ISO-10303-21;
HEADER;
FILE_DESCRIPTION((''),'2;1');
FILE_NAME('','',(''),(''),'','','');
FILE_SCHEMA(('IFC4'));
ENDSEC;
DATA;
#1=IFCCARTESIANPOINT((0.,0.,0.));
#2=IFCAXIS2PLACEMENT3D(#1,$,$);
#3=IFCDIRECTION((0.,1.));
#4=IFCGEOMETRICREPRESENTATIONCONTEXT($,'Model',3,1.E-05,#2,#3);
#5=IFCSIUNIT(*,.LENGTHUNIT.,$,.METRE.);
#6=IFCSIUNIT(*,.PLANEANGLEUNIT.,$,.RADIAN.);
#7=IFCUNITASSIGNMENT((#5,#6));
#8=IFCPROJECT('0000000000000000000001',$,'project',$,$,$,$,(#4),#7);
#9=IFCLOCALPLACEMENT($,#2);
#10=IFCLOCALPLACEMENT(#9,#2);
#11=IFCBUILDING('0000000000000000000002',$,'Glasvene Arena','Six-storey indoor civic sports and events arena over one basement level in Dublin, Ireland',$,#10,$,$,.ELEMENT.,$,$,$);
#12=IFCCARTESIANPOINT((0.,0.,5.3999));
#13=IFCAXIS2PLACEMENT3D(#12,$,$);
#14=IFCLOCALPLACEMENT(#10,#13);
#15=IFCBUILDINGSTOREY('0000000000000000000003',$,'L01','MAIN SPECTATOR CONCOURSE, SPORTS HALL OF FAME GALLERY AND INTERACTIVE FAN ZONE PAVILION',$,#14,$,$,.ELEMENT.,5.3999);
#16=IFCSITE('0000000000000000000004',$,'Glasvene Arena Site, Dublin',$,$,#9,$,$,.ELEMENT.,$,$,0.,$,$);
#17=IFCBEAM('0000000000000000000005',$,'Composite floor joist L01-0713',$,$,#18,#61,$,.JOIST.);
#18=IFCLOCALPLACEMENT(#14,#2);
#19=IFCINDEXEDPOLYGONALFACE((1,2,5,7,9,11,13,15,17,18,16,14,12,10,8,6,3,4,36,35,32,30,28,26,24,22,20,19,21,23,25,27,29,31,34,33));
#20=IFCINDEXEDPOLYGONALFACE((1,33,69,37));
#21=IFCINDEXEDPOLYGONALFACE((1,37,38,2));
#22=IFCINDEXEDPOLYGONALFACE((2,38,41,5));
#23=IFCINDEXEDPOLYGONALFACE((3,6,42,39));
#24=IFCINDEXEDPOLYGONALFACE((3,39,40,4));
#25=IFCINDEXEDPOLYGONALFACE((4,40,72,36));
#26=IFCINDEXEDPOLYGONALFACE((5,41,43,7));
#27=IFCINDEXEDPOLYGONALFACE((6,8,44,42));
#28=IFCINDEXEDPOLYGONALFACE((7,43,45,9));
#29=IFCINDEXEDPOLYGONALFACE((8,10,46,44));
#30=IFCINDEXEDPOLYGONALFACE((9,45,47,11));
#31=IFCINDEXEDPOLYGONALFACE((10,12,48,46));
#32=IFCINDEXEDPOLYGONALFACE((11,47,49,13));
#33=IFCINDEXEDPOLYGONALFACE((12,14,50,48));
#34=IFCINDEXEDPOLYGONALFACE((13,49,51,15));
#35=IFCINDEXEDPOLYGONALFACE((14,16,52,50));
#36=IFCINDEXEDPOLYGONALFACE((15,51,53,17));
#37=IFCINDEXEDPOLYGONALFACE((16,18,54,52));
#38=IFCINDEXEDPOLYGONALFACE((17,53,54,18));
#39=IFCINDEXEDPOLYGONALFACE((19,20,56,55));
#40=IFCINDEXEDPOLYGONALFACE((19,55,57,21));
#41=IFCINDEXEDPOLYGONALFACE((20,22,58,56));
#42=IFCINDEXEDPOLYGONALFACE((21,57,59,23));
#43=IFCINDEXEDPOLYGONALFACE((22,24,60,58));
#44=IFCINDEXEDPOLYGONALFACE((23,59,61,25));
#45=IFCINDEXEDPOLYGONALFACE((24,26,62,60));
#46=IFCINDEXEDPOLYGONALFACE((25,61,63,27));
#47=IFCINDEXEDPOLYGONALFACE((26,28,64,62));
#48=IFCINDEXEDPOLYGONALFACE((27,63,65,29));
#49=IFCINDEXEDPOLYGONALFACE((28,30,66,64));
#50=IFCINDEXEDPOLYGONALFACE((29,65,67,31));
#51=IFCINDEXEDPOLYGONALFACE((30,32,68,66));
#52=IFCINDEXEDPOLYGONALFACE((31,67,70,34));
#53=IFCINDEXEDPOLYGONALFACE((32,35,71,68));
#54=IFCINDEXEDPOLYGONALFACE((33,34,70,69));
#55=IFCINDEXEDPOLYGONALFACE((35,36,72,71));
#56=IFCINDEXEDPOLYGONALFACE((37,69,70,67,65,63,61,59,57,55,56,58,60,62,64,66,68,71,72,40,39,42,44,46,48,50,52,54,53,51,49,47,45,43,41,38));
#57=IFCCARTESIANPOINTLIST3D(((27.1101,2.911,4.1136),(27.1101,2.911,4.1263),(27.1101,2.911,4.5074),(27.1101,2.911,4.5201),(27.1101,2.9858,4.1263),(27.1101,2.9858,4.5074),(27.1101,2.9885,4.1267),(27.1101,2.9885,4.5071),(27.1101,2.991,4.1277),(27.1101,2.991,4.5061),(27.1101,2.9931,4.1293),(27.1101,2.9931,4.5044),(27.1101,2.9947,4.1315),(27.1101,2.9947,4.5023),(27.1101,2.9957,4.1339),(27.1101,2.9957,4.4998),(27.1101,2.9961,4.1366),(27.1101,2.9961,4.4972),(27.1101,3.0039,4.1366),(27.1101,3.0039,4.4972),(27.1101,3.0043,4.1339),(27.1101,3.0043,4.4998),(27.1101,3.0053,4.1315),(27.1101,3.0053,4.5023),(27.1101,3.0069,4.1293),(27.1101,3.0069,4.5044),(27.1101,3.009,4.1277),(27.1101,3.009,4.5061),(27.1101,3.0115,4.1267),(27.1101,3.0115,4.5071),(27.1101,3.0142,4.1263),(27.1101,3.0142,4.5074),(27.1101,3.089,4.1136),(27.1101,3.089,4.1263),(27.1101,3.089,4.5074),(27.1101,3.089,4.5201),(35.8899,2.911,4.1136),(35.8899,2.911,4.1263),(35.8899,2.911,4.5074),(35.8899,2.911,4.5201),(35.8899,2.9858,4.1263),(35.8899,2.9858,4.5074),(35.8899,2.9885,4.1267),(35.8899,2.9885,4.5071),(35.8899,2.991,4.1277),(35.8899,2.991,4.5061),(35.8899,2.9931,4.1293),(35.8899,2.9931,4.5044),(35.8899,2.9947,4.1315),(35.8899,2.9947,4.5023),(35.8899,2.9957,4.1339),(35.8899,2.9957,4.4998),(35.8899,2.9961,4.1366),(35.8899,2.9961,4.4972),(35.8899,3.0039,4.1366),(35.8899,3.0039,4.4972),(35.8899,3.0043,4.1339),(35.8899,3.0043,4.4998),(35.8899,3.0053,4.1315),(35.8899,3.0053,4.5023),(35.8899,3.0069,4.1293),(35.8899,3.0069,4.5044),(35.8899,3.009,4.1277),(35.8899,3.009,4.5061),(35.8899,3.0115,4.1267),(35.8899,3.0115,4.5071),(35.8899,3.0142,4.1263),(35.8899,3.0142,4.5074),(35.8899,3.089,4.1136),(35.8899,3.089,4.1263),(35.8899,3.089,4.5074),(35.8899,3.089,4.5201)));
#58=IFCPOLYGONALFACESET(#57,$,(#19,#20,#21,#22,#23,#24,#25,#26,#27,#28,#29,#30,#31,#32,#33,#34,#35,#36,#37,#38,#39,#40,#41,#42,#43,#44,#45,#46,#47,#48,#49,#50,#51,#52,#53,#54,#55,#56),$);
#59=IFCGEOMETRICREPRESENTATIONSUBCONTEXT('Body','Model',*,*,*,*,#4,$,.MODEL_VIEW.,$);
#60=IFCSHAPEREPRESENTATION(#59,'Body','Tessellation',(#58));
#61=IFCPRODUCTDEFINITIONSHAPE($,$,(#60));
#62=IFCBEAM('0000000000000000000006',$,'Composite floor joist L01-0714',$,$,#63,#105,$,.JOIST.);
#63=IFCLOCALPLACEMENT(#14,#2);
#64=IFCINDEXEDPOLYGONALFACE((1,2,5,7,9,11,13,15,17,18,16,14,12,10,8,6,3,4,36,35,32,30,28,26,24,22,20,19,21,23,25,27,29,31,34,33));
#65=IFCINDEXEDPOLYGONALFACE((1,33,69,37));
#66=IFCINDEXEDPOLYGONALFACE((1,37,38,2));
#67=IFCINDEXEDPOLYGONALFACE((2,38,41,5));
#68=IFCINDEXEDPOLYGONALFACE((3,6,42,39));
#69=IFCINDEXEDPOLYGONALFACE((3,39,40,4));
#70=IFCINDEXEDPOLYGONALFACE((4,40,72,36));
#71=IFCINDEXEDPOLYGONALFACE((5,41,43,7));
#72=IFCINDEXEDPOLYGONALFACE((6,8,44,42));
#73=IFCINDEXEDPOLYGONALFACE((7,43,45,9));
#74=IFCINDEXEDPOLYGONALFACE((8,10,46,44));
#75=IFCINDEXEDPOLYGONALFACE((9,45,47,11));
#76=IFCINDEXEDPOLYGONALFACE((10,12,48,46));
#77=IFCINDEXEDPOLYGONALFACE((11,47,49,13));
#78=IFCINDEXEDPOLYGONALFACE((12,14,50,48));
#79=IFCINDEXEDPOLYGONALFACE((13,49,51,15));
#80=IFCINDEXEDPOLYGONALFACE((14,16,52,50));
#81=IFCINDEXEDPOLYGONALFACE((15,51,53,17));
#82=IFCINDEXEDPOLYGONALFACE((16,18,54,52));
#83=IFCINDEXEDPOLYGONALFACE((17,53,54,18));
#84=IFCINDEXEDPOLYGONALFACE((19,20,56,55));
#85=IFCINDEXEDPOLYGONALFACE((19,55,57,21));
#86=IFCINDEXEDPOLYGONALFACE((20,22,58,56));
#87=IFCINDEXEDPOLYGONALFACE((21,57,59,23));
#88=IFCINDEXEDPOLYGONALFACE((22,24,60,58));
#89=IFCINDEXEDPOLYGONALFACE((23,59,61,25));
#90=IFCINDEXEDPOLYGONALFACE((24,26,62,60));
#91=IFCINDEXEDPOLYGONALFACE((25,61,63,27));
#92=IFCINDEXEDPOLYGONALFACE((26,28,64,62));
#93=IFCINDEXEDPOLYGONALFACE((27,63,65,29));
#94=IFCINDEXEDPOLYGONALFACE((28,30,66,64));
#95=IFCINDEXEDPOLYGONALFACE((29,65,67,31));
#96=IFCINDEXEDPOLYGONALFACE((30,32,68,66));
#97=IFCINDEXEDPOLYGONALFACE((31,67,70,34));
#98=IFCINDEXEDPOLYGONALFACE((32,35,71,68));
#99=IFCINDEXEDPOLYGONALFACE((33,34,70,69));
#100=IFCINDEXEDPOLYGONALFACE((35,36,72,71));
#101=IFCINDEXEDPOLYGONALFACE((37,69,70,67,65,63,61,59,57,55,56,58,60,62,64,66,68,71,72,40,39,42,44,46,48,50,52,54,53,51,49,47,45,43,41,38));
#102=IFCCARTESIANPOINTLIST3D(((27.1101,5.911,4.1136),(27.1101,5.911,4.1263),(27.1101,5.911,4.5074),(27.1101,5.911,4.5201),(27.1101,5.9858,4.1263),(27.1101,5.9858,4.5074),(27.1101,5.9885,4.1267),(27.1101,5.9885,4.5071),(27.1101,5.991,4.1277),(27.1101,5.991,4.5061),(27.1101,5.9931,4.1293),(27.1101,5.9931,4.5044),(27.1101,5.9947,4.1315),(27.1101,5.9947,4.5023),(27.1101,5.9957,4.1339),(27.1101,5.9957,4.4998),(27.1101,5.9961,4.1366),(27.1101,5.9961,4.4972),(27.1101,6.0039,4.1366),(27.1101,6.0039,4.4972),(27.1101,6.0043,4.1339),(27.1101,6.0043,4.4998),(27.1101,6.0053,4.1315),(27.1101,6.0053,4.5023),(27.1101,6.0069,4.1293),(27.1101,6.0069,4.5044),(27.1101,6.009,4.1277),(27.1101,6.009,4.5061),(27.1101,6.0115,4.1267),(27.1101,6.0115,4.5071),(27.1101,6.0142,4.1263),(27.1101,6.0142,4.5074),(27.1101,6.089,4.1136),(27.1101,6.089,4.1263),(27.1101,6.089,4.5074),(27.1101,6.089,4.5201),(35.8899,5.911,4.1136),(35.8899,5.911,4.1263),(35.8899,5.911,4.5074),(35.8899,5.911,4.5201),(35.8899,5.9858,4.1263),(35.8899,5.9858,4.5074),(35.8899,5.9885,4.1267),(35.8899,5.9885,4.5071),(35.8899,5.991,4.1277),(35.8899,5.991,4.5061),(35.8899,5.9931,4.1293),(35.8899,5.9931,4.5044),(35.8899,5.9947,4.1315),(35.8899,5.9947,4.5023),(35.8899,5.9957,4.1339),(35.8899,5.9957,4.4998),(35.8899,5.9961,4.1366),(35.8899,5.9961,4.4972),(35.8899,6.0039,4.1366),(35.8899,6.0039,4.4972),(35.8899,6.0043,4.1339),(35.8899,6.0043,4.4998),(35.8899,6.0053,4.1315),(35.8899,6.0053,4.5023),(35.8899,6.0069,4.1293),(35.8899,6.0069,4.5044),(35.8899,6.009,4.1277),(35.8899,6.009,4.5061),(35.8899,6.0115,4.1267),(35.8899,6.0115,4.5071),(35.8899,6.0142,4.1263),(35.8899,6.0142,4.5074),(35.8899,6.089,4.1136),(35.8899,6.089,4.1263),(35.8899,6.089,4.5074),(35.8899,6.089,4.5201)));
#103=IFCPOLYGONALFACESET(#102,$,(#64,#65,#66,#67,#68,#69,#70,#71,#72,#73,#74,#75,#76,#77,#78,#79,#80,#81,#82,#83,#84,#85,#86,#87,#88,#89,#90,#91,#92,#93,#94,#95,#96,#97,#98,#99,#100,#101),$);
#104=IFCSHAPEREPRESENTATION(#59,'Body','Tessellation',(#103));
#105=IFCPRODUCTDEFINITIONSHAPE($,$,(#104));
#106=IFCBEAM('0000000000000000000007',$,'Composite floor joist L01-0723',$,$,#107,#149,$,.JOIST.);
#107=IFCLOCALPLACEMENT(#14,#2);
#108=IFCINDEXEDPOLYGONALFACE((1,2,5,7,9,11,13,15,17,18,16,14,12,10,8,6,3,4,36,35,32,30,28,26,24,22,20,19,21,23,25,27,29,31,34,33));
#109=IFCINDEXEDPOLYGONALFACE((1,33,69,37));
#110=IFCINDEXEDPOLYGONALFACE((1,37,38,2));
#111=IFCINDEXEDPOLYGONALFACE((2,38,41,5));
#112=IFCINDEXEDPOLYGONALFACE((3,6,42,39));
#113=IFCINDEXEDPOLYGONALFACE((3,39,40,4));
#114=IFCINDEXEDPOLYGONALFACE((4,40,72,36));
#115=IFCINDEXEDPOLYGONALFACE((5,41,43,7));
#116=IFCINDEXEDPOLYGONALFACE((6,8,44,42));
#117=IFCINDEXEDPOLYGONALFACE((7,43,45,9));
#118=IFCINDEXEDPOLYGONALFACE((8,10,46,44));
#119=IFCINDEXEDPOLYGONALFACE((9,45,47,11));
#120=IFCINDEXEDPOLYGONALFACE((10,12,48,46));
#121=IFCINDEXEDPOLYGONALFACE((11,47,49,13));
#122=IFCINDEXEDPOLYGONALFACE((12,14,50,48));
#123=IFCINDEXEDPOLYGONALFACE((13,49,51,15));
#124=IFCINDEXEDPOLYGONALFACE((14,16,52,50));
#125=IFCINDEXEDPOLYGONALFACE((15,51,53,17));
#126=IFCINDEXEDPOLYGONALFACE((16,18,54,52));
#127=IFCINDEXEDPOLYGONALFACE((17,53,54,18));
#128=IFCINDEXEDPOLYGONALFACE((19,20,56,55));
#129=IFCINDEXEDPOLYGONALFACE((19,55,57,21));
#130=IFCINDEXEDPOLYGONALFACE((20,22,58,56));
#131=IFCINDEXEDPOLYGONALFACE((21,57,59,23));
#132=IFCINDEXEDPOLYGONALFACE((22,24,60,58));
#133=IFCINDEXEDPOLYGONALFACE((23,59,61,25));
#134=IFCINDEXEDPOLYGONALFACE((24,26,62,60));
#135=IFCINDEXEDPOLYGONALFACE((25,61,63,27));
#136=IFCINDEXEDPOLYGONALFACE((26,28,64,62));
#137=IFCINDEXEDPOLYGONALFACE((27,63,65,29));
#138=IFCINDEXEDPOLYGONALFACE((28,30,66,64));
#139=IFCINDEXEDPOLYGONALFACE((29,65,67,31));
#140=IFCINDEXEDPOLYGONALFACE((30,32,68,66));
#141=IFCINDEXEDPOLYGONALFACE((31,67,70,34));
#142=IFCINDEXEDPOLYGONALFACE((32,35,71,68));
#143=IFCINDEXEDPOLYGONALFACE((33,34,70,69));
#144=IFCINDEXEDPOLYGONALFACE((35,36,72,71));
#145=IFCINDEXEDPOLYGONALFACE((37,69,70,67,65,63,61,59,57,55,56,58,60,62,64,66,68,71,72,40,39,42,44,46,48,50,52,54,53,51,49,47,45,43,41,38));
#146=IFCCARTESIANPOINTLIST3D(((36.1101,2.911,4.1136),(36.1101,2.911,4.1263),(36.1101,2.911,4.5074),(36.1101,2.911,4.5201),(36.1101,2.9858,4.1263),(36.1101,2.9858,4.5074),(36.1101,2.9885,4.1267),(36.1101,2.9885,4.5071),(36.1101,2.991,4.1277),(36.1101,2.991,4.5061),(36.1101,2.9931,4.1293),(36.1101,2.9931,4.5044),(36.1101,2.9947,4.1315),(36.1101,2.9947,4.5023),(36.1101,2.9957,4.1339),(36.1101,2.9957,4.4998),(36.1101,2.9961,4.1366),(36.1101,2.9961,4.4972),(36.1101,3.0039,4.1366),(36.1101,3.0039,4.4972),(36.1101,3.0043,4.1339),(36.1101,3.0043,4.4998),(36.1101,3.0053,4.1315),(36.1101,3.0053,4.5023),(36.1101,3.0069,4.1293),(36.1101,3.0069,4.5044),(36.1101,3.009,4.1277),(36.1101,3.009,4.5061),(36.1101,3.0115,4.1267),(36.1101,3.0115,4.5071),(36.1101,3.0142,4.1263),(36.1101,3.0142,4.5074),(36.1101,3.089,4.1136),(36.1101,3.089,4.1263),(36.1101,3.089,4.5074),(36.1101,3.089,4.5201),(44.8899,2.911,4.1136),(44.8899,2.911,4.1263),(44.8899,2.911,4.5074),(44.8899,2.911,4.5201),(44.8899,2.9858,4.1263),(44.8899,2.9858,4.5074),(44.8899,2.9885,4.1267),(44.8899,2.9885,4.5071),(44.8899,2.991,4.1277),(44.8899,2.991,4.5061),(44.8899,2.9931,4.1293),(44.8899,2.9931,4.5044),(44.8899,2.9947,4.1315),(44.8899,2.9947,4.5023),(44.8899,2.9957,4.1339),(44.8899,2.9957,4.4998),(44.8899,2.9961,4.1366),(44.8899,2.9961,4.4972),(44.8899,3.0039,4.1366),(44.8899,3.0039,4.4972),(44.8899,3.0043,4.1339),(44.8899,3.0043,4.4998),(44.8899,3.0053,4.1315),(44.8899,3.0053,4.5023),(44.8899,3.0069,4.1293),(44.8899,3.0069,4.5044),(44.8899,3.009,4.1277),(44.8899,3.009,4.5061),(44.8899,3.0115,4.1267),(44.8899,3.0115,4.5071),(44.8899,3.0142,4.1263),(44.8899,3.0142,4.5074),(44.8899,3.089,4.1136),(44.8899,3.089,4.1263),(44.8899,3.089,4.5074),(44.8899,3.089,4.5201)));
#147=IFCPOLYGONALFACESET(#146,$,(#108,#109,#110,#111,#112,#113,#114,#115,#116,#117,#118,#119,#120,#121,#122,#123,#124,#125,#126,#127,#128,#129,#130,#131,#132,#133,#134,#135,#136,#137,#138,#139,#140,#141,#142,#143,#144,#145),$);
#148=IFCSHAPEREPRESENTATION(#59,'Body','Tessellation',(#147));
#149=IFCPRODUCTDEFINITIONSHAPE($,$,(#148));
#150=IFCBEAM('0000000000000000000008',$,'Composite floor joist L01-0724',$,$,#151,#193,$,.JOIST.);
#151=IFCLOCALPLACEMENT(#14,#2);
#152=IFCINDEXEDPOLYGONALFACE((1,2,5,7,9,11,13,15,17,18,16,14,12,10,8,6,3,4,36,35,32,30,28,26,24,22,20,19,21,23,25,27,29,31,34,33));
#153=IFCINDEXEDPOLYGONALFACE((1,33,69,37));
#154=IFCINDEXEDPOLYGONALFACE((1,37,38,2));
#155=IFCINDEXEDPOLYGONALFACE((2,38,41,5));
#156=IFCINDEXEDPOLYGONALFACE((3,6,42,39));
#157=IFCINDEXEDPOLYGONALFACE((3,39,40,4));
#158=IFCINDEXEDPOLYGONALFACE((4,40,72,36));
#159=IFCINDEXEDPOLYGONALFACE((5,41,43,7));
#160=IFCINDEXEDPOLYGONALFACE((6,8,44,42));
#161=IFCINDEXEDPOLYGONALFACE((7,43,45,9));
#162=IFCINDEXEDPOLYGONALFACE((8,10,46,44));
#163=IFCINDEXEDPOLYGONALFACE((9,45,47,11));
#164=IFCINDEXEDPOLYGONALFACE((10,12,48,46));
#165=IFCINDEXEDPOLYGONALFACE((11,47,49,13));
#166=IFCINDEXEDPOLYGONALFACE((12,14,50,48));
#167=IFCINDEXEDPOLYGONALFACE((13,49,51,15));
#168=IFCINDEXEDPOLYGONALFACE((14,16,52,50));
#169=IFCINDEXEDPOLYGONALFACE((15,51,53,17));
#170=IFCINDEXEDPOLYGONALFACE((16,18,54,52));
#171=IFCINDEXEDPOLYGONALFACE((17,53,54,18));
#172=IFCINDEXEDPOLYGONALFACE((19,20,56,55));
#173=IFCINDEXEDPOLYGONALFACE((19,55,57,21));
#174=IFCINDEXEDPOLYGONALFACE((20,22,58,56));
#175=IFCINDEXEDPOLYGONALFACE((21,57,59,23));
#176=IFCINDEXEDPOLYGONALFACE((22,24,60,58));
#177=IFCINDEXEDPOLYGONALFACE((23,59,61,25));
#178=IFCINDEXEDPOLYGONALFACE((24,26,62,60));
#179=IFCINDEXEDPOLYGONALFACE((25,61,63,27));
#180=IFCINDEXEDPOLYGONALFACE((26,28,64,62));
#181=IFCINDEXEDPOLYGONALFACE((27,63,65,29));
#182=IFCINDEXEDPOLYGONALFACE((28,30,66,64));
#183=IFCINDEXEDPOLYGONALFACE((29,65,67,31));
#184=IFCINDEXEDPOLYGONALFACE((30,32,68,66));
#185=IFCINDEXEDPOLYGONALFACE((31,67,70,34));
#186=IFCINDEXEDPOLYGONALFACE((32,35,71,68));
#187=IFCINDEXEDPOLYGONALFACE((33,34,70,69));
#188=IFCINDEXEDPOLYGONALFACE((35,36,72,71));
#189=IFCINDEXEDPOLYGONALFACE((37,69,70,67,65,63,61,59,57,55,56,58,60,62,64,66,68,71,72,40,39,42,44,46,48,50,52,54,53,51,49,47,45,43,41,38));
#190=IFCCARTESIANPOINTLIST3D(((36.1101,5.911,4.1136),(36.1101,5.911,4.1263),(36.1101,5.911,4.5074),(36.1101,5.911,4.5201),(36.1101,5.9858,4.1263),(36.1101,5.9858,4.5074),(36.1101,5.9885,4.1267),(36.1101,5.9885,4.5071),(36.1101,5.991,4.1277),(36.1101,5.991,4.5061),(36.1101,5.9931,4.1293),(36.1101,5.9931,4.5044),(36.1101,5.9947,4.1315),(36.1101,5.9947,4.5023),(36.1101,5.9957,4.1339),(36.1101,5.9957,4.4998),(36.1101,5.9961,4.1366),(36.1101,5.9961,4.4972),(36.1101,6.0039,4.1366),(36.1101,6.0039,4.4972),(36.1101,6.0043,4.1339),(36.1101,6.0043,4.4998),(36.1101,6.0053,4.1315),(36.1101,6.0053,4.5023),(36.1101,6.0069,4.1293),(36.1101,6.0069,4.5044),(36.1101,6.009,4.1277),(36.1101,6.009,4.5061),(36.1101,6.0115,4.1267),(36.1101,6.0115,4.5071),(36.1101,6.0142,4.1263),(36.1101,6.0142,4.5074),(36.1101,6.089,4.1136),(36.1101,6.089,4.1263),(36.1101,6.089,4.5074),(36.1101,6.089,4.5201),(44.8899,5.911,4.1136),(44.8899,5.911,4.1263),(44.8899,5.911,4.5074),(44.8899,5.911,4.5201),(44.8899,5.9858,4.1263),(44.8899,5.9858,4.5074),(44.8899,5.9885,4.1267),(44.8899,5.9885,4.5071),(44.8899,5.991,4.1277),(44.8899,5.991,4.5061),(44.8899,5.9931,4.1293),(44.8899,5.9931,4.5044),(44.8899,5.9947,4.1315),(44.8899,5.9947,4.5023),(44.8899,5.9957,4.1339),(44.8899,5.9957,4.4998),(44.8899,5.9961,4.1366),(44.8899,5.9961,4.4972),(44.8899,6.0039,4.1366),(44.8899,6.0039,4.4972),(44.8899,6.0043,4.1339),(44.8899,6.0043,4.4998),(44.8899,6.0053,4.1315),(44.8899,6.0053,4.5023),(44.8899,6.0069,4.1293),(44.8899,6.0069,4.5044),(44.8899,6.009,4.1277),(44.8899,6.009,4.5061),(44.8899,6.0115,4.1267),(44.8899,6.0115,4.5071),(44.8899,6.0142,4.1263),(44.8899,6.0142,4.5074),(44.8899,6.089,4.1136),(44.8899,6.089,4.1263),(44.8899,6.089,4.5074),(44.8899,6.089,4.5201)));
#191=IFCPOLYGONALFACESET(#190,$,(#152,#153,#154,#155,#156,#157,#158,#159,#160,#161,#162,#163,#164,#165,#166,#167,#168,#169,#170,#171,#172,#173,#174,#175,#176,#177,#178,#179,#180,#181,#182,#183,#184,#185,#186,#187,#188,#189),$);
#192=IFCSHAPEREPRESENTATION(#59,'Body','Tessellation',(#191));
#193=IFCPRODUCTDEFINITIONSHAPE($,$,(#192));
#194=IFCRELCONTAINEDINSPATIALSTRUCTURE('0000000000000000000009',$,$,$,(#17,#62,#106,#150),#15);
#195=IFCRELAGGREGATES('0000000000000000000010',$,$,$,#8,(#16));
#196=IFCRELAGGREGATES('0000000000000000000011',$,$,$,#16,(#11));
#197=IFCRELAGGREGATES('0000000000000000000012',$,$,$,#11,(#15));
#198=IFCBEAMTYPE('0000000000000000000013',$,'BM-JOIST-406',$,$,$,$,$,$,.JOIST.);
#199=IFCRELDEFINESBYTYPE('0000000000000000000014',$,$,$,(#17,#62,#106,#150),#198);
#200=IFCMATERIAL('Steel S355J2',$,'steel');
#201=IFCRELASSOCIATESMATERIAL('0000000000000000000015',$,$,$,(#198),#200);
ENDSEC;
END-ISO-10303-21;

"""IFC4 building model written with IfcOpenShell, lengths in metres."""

from ifc_helpers import new_model, si_unit, direction, frame, origin, origin_2d, place, context, subcontext, project, spatial, i_section, extrude, material, material_profile, profile_set, type_object, element, save


model = new_model("IFC4")

# Units and contexts
model_context = context("Model", 3, precision=1e-05, world=origin(), true_north=direction((0.0, 1.0)))
body_context = subcontext(model_context, "Body", "Model", "MODEL_VIEW")
ifc_project = project(units=[si_unit("LENGTHUNIT", "METRE"), si_unit("PLANEANGLEUNIT", "RADIAN")], contexts=[model_context])

# Site, building, storey
site_placement = place(None, origin())
site = spatial("IfcSite", under=ifc_project, at=site_placement, Name="Glasvene Arena Site, Dublin", CompositionType="ELEMENT", RefElevation=0.0)
building_placement = place(site_placement, origin())
building = spatial("IfcBuilding", under=site, at=building_placement, Name="Glasvene Arena", Description="Six-storey indoor civic sports and events arena over one basement level in Dublin, Ireland", CompositionType="ELEMENT")
storey_placement = place(building_placement, frame((0.0, 0.0, 5.3999)))
storey = spatial("IfcBuildingStorey", under=building, at=storey_placement, Name="L01", Description="MAIN SPECTATOR CONCOURSE, SPORTS HALL OF FAME GALLERY AND INTERACTIVE FAN ZONE PAVILION", CompositionType="ELEMENT", Elevation=5.3999)

# Shared definitions
ifc_material_1 = material(Name="Steel S355J2", Category="steel")

# Beams
ifc_material_profile_1 = material_profile(ifc_material_1, i_section(OverallWidth=0.178, OverallDepth=0.4065, WebThickness=0.0078, FlangeThickness=0.0127, FilletRadius=0.0103, at=origin_2d()), Name="UKB 406x178x60")
ifc_profile_set_1 = profile_set([ifc_material_profile_1], Name="Steel S355J2")
beam_type_1 = type_object("IfcBeamType", Name="BM-JOIST-406", PredefinedType="JOIST", material=ifc_profile_set_1)
for number, where, z_axis, x_axis, name in (
    (1, (27.1101, 3.0, 4.3169), (1.0, 0.0, 0.0), (0.0, 1.0, 0.0), "Composite floor joist L01-0713"),
    (2, (27.1101, 6.0, 4.3169), (1.0, 0.0, 0.0), (0.0, 1.0, 0.0), "Composite floor joist L01-0714"),
    (3, (36.1101, 3.0, 4.3169), (1.0, 0.0, 0.0), (0.0, 1.0, 0.0), "Composite floor joist L01-0723"),
    (4, (36.1101, 6.0, 4.3169), (1.0, 0.0, 0.0), (0.0, 1.0, 0.0), "Composite floor joist L01-0724"),
):
    element("IfcBeam", number, at=place(storey_placement, frame(where, z_axis=z_axis, x_axis=x_axis)), inside=storey, type_object=beam_type_1, Name=name, PredefinedType="JOIST", context=body_context, shape_type="SweptSolid", body=[
        extrude(i_section(OverallWidth=0.178, OverallDepth=0.4065, WebThickness=0.0078, FlangeThickness=0.0127, FilletRadius=0.0103, at=origin_2d()), origin(), (0.0, 0.0, 1.0), 8.7798),
    ])

save(model, "model.ifc")
